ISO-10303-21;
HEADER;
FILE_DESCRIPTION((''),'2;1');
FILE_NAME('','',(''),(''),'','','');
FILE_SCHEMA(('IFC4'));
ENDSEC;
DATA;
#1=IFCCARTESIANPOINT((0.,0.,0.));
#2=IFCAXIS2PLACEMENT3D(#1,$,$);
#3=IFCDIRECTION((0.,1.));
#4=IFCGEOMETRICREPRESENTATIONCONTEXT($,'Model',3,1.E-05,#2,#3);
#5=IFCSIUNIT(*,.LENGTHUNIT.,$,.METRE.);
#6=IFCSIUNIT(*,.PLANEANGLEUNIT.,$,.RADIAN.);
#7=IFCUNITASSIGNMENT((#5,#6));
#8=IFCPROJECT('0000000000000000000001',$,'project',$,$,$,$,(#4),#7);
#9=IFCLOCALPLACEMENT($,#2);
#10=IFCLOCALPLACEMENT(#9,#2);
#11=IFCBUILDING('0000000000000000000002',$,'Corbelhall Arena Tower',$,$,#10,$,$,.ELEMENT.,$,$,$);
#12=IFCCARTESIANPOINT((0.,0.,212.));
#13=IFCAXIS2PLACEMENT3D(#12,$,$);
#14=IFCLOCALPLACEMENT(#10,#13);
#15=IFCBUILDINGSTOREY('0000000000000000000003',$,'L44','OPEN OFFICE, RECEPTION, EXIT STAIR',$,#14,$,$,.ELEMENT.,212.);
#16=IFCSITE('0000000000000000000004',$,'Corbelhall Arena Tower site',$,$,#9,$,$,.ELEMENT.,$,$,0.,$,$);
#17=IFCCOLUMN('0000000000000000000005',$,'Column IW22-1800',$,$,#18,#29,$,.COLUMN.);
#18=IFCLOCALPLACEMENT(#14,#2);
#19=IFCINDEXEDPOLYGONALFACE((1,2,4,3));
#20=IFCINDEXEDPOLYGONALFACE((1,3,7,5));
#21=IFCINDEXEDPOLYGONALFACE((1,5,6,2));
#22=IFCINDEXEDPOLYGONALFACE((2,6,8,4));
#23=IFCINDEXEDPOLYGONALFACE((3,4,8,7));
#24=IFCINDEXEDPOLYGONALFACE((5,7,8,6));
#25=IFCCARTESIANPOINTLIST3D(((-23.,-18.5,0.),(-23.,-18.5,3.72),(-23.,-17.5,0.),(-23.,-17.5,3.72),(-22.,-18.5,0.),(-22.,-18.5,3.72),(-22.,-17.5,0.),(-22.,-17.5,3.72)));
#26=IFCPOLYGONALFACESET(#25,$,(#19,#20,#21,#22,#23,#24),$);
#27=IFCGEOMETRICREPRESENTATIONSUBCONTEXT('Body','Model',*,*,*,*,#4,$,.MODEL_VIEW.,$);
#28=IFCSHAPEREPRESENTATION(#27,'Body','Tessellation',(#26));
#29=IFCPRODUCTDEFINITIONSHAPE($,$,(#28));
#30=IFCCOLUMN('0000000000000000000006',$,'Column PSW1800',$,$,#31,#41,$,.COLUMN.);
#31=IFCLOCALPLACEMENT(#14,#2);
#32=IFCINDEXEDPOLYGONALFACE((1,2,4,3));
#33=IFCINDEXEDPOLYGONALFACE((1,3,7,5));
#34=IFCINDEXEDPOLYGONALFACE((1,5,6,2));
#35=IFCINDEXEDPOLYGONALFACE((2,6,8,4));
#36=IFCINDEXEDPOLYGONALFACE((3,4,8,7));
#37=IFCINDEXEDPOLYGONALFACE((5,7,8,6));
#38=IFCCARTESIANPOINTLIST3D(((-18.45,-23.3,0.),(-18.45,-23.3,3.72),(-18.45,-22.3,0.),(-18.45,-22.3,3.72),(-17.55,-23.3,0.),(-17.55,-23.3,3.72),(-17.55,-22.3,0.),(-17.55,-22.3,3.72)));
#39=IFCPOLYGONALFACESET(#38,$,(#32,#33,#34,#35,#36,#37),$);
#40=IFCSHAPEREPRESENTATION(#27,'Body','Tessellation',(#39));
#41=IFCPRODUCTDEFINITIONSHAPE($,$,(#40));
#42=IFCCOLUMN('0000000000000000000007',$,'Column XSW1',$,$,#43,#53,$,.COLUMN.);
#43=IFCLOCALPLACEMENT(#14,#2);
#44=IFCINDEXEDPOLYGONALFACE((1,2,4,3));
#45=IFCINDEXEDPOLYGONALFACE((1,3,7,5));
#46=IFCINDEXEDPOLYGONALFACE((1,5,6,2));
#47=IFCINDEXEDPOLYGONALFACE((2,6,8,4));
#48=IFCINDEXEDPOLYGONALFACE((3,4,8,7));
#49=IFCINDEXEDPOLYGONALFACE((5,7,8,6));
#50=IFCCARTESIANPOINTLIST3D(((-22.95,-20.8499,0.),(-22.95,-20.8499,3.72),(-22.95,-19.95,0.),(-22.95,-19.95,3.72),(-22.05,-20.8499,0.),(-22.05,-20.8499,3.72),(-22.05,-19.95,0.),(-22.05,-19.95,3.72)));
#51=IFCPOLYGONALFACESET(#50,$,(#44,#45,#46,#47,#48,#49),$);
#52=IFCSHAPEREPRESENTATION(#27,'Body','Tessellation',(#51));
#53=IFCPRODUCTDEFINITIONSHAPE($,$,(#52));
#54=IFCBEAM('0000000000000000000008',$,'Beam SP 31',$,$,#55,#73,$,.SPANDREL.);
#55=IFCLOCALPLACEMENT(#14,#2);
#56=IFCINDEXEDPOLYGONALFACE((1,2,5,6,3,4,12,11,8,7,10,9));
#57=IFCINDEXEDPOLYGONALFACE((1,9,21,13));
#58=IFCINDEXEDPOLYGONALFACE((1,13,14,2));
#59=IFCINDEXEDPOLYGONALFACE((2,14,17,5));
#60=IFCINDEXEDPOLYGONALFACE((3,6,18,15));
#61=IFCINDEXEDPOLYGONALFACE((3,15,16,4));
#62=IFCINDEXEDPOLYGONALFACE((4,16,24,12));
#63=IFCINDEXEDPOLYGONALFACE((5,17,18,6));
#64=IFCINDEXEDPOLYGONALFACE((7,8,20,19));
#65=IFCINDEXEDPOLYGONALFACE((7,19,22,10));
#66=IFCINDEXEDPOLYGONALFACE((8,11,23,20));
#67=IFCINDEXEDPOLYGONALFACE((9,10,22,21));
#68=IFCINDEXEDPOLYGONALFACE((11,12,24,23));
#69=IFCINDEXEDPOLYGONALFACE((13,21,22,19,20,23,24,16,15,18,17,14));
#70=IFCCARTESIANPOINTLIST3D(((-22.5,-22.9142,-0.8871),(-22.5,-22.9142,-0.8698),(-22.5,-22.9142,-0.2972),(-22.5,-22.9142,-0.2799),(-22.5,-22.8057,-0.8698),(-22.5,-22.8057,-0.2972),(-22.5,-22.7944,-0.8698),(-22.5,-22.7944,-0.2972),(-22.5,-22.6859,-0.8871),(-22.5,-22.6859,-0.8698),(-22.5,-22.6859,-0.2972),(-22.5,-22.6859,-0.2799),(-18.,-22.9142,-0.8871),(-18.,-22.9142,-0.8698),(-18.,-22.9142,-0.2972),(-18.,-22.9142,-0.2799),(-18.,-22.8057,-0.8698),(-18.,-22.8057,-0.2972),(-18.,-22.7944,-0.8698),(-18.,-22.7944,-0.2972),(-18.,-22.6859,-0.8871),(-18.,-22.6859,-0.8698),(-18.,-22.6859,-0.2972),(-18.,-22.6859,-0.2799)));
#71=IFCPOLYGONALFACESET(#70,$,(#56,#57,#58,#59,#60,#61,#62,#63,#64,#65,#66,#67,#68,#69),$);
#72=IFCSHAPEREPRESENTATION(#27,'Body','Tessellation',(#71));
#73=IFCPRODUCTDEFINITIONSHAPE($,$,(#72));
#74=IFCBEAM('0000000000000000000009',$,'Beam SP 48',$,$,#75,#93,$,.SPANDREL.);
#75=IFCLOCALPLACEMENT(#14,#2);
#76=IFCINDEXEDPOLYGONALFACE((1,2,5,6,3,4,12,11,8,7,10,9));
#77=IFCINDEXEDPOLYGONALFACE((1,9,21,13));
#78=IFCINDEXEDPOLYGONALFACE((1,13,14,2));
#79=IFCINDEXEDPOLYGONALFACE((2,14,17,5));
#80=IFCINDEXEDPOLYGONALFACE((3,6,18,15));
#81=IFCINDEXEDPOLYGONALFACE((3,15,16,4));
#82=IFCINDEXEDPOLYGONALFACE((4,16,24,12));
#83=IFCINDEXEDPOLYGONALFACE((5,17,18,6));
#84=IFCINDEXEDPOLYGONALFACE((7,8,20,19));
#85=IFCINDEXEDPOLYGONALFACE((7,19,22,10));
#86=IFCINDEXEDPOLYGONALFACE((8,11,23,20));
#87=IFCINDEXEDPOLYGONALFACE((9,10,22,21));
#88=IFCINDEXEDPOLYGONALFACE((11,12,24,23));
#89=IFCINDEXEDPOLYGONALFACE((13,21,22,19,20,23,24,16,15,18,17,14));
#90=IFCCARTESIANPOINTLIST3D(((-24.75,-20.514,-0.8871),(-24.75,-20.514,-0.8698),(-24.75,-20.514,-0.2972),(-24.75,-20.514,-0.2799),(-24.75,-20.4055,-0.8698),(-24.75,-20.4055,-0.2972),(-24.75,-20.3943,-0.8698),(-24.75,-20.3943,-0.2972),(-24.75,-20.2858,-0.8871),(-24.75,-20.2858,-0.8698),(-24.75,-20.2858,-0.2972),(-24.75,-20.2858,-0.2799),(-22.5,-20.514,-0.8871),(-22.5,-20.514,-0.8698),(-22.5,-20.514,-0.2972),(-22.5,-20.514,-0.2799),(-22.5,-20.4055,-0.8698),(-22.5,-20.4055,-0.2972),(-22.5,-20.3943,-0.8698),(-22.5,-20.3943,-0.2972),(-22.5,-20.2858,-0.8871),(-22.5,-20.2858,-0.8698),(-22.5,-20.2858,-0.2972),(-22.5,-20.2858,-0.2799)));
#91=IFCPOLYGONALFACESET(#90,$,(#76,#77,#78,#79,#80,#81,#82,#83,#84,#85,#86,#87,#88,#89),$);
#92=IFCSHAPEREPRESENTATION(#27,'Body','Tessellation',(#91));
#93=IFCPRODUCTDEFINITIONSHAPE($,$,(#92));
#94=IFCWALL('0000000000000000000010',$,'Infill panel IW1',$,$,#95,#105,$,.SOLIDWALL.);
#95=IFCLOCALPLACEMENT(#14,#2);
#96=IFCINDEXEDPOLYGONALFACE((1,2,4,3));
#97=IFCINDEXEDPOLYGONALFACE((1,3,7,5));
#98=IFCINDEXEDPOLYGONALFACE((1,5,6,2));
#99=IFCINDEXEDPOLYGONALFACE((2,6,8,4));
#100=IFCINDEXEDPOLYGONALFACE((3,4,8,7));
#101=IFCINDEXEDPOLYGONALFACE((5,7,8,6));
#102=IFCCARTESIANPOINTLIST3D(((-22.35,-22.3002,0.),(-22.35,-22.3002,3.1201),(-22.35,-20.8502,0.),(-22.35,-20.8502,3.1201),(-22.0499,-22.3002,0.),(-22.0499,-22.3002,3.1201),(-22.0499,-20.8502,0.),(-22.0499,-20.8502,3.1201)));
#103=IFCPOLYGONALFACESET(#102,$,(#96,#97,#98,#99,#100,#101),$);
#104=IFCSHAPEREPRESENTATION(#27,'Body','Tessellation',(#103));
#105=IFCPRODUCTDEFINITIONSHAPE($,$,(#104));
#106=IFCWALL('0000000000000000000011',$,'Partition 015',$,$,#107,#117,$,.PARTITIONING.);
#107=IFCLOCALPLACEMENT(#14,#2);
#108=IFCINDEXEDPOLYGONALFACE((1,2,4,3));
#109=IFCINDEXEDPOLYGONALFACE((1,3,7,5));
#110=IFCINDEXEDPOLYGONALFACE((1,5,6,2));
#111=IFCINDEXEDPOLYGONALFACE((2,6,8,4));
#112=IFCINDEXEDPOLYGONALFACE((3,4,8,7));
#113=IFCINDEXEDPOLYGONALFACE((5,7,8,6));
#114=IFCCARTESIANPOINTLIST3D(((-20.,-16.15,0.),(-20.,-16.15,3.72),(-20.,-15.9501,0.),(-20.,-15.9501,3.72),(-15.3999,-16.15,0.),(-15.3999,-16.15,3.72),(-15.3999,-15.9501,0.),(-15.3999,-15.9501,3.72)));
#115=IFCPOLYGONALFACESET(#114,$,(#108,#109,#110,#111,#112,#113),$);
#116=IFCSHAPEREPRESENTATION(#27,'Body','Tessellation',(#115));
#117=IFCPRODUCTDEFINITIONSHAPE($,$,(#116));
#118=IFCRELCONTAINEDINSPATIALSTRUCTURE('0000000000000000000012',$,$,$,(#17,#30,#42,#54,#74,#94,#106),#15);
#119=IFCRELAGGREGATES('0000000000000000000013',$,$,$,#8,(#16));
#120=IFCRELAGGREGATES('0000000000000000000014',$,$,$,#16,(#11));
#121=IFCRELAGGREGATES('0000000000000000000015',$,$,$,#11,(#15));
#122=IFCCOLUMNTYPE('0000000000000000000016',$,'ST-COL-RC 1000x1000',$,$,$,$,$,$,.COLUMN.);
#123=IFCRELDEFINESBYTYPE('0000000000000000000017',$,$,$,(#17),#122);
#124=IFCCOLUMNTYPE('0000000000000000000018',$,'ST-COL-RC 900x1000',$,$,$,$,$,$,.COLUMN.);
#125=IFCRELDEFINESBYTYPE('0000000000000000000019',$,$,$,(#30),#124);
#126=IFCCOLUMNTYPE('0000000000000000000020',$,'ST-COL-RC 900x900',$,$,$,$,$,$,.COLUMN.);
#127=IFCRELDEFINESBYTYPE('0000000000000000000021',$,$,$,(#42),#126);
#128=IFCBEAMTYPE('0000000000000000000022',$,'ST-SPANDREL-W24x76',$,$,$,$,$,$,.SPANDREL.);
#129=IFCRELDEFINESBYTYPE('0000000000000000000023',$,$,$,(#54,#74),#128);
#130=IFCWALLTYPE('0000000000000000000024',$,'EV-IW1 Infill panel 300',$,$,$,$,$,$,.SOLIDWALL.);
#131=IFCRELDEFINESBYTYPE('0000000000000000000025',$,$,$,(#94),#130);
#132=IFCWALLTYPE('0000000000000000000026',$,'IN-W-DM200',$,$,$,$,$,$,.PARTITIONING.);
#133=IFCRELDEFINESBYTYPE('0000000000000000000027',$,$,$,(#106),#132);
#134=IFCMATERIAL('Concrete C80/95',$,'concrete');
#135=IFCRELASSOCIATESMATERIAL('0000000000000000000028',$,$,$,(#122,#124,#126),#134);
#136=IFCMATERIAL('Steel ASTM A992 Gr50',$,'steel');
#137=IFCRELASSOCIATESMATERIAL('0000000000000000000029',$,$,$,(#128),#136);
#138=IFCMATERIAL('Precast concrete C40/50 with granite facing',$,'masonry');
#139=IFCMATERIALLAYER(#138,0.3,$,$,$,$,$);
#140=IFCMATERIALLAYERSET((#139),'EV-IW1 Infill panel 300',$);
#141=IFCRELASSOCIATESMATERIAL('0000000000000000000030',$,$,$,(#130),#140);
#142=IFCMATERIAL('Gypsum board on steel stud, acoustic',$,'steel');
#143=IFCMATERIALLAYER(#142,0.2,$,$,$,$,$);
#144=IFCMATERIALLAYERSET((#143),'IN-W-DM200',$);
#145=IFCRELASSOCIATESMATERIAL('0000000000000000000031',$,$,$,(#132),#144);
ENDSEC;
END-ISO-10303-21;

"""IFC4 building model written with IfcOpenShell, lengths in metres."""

from ifc_helpers import new_model, si_unit, direction, frame, frame_2d, origin, origin_2d, place, context, subcontext, project, spatial, rectangle, i_section, extrude, material, layer, layer_set, material_profile, profile_set, type_object, element, save


model = new_model("IFC4")

# Units and contexts
model_context = context("Model", 3, precision=1e-05, world=origin(), true_north=direction((0.0, 1.0)))
body_context = subcontext(model_context, "Body", "Model", "MODEL_VIEW")
ifc_project = project(units=[si_unit("LENGTHUNIT", "METRE"), si_unit("PLANEANGLEUNIT", "RADIAN")], contexts=[model_context])

# Site, building, storey
site_placement = place(None, origin())
site = spatial("IfcSite", under=ifc_project, at=site_placement, Name="Corbelhall Arena Tower site", CompositionType="ELEMENT", RefElevation=0.0)
building_placement = place(site_placement, origin())
building = spatial("IfcBuilding", under=site, at=building_placement, Name="Corbelhall Arena Tower", CompositionType="ELEMENT")
storey_placement = place(building_placement, frame((0.0, 0.0, 212.0)))
storey = spatial("IfcBuildingStorey", under=building, at=storey_placement, Name="L44", Description="OPEN OFFICE, RECEPTION, EXIT STAIR", CompositionType="ELEMENT", Elevation=212.0)

# Columns
ifc_material_1 = material(Name="Concrete C80/95", Category="concrete")
ifc_material_profile_1 = material_profile(ifc_material_1, rectangle(XDim=1.0, YDim=1.0, at=origin_2d()))
ifc_profile_set_1 = profile_set([ifc_material_profile_1], Name="Concrete C80/95")
column_type_1 = type_object("IfcColumnType", Name="ST-COL-RC 1000x1000", PredefinedType="COLUMN", material=ifc_profile_set_1)
column_1_placement = place(storey_placement, frame((-22.5, -18.0, 0.0), z_axis=(0.0, 0.0, 1.0), x_axis=(1.0, 0.0, 0.0)))
element("IfcColumn", 1, at=column_1_placement, inside=storey, type_object=column_type_1, Name="Column IW22-1800", PredefinedType="COLUMN", context=body_context, shape_type="SweptSolid", body=[
    extrude(rectangle(XDim=1.0, YDim=1.0, at=origin_2d()), origin(), (0.0, 0.0, 1.0), 3.72),
])
ifc_material_profile_2 = material_profile(ifc_material_1, rectangle(XDim=0.8999, YDim=1.0, at=origin_2d()))
ifc_profile_set_2 = profile_set([ifc_material_profile_2], Name="Concrete C80/95")
column_type_2 = type_object("IfcColumnType", Name="ST-COL-RC 900x1000", PredefinedType="COLUMN", material=ifc_profile_set_2)
column_2_placement = place(storey_placement, frame((-18.0, -22.8, 0.0), z_axis=(0.0, 0.0, 1.0), x_axis=(1.0, 0.0, 0.0)))
element("IfcColumn", 2, at=column_2_placement, inside=storey, type_object=column_type_2, Name="Column PSW1800", PredefinedType="COLUMN", context=body_context, shape_type="SweptSolid", body=[
    extrude(rectangle(XDim=0.8999, YDim=1.0, at=origin_2d()), origin(), (0.0, 0.0, 1.0), 3.72),
])
ifc_material_profile_3 = material_profile(ifc_material_1, rectangle(XDim=0.8999, YDim=0.8999, at=origin_2d()))
ifc_profile_set_3 = profile_set([ifc_material_profile_3], Name="Concrete C80/95")
column_type_3 = type_object("IfcColumnType", Name="ST-COL-RC 900x900", PredefinedType="COLUMN", material=ifc_profile_set_3)
column_3_placement = place(storey_placement, frame((-22.5, -20.3999, 0.0), z_axis=(0.0, 0.0, 1.0), x_axis=(1.0, 0.0, 0.0)))
element("IfcColumn", 3, at=column_3_placement, inside=storey, type_object=column_type_3, Name="Column XSW1", PredefinedType="COLUMN", context=body_context, shape_type="SweptSolid", body=[
    extrude(rectangle(XDim=0.8999, YDim=0.8999, at=origin_2d()), origin(), (0.0, 0.0, 1.0), 3.72),
])

# Beams
ifc_material_2 = material(Name="Steel ASTM A992 Gr50", Category="steel")
ifc_material_profile_4 = material_profile(ifc_material_2, i_section(OverallWidth=0.2283, OverallDepth=0.6072, WebThickness=0.0112, FlangeThickness=0.0173, at=origin_2d()))
ifc_profile_set_4 = profile_set([ifc_material_profile_4], Name="Steel ASTM A992 Gr50")
beam_type = type_object("IfcBeamType", Name="ST-SPANDREL-W24x76", PredefinedType="SPANDREL", material=ifc_profile_set_4)
beam_1_placement = place(storey_placement, frame((-18.0, -22.8, -0.5835), z_axis=(-1.0, 0.0, 0.0), x_axis=(0.0, -1.0, 0.0)))
element("IfcBeam", 4, at=beam_1_placement, inside=storey, type_object=beam_type, Name="Beam SP 31", PredefinedType="SPANDREL", context=body_context, shape_type="SweptSolid", body=[
    extrude(i_section(OverallWidth=0.2283, OverallDepth=0.6072, WebThickness=0.0112, FlangeThickness=0.0173, at=origin_2d()), origin(), (0.0, 0.0, 1.0), 4.5),
])
beam_2_placement = place(storey_placement, frame((-22.5, -20.3999, -0.5835), z_axis=(-1.0, 0.0, 0.0), x_axis=(0.0, -1.0, 0.0)))
element("IfcBeam", 5, at=beam_2_placement, inside=storey, type_object=beam_type, Name="Beam SP 48", PredefinedType="SPANDREL", context=body_context, shape_type="SweptSolid", body=[
    extrude(i_section(OverallWidth=0.2283, OverallDepth=0.6072, WebThickness=0.0112, FlangeThickness=0.0173, at=origin_2d()), origin(), (0.0, 0.0, 1.0), 2.25),
])

# Wall
ifc_material_3 = material(Name="Precast concrete C40/50 with granite facing", Category="masonry")
ifc_layer_1 = layer(ifc_material_3, 0.3)
ifc_layer_set_1 = layer_set([ifc_layer_1], Name="EV-IW1 Infill panel 300")
wall_type_1 = type_object("IfcWallType", Name="EV-IW1 Infill panel 300", PredefinedType="SOLIDWALL", material=ifc_layer_set_1)
wall_1_placement = place(storey_placement, frame((-22.2, -20.8501, 0.0), z_axis=(0.0, 0.0, 1.0), x_axis=(0.0, -1.0, 0.0)))
element("IfcWall", 6, at=wall_1_placement, inside=storey, type_object=wall_type_1, Name="Infill panel IW1", PredefinedType="SOLIDWALL", context=body_context, shape_type="SweptSolid", body=[
    extrude(rectangle(XDim=1.45, YDim=0.3, at=frame_2d((0.7251, 0.0))), origin(), (0.0, 0.0, 1.0), 3.1201),
])

# Wall
ifc_material_4 = material(Name="Gypsum board on steel stud, acoustic", Category="steel")
ifc_layer_2 = layer(ifc_material_4, 0.2)
ifc_layer_set_2 = layer_set([ifc_layer_2], Name="IN-W-DM200")
wall_type_2 = type_object("IfcWallType", Name="IN-W-DM200", PredefinedType="PARTITIONING", material=ifc_layer_set_2)
wall_2_placement = place(storey_placement, frame((-20.0, -16.05, 0.0), z_axis=(0.0, 0.0, 1.0), x_axis=(1.0, 0.0, 0.0)))
element("IfcWall", 7, at=wall_2_placement, inside=storey, type_object=wall_type_2, Name="Partition 015", PredefinedType="PARTITIONING", context=body_context, shape_type="SweptSolid", body=[
    extrude(rectangle(XDim=4.6001, YDim=0.2, at=frame_2d((2.3, 0.0))), origin(), (0.0, 0.0, 1.0), 3.72),
])

save(model, "model.ifc")
